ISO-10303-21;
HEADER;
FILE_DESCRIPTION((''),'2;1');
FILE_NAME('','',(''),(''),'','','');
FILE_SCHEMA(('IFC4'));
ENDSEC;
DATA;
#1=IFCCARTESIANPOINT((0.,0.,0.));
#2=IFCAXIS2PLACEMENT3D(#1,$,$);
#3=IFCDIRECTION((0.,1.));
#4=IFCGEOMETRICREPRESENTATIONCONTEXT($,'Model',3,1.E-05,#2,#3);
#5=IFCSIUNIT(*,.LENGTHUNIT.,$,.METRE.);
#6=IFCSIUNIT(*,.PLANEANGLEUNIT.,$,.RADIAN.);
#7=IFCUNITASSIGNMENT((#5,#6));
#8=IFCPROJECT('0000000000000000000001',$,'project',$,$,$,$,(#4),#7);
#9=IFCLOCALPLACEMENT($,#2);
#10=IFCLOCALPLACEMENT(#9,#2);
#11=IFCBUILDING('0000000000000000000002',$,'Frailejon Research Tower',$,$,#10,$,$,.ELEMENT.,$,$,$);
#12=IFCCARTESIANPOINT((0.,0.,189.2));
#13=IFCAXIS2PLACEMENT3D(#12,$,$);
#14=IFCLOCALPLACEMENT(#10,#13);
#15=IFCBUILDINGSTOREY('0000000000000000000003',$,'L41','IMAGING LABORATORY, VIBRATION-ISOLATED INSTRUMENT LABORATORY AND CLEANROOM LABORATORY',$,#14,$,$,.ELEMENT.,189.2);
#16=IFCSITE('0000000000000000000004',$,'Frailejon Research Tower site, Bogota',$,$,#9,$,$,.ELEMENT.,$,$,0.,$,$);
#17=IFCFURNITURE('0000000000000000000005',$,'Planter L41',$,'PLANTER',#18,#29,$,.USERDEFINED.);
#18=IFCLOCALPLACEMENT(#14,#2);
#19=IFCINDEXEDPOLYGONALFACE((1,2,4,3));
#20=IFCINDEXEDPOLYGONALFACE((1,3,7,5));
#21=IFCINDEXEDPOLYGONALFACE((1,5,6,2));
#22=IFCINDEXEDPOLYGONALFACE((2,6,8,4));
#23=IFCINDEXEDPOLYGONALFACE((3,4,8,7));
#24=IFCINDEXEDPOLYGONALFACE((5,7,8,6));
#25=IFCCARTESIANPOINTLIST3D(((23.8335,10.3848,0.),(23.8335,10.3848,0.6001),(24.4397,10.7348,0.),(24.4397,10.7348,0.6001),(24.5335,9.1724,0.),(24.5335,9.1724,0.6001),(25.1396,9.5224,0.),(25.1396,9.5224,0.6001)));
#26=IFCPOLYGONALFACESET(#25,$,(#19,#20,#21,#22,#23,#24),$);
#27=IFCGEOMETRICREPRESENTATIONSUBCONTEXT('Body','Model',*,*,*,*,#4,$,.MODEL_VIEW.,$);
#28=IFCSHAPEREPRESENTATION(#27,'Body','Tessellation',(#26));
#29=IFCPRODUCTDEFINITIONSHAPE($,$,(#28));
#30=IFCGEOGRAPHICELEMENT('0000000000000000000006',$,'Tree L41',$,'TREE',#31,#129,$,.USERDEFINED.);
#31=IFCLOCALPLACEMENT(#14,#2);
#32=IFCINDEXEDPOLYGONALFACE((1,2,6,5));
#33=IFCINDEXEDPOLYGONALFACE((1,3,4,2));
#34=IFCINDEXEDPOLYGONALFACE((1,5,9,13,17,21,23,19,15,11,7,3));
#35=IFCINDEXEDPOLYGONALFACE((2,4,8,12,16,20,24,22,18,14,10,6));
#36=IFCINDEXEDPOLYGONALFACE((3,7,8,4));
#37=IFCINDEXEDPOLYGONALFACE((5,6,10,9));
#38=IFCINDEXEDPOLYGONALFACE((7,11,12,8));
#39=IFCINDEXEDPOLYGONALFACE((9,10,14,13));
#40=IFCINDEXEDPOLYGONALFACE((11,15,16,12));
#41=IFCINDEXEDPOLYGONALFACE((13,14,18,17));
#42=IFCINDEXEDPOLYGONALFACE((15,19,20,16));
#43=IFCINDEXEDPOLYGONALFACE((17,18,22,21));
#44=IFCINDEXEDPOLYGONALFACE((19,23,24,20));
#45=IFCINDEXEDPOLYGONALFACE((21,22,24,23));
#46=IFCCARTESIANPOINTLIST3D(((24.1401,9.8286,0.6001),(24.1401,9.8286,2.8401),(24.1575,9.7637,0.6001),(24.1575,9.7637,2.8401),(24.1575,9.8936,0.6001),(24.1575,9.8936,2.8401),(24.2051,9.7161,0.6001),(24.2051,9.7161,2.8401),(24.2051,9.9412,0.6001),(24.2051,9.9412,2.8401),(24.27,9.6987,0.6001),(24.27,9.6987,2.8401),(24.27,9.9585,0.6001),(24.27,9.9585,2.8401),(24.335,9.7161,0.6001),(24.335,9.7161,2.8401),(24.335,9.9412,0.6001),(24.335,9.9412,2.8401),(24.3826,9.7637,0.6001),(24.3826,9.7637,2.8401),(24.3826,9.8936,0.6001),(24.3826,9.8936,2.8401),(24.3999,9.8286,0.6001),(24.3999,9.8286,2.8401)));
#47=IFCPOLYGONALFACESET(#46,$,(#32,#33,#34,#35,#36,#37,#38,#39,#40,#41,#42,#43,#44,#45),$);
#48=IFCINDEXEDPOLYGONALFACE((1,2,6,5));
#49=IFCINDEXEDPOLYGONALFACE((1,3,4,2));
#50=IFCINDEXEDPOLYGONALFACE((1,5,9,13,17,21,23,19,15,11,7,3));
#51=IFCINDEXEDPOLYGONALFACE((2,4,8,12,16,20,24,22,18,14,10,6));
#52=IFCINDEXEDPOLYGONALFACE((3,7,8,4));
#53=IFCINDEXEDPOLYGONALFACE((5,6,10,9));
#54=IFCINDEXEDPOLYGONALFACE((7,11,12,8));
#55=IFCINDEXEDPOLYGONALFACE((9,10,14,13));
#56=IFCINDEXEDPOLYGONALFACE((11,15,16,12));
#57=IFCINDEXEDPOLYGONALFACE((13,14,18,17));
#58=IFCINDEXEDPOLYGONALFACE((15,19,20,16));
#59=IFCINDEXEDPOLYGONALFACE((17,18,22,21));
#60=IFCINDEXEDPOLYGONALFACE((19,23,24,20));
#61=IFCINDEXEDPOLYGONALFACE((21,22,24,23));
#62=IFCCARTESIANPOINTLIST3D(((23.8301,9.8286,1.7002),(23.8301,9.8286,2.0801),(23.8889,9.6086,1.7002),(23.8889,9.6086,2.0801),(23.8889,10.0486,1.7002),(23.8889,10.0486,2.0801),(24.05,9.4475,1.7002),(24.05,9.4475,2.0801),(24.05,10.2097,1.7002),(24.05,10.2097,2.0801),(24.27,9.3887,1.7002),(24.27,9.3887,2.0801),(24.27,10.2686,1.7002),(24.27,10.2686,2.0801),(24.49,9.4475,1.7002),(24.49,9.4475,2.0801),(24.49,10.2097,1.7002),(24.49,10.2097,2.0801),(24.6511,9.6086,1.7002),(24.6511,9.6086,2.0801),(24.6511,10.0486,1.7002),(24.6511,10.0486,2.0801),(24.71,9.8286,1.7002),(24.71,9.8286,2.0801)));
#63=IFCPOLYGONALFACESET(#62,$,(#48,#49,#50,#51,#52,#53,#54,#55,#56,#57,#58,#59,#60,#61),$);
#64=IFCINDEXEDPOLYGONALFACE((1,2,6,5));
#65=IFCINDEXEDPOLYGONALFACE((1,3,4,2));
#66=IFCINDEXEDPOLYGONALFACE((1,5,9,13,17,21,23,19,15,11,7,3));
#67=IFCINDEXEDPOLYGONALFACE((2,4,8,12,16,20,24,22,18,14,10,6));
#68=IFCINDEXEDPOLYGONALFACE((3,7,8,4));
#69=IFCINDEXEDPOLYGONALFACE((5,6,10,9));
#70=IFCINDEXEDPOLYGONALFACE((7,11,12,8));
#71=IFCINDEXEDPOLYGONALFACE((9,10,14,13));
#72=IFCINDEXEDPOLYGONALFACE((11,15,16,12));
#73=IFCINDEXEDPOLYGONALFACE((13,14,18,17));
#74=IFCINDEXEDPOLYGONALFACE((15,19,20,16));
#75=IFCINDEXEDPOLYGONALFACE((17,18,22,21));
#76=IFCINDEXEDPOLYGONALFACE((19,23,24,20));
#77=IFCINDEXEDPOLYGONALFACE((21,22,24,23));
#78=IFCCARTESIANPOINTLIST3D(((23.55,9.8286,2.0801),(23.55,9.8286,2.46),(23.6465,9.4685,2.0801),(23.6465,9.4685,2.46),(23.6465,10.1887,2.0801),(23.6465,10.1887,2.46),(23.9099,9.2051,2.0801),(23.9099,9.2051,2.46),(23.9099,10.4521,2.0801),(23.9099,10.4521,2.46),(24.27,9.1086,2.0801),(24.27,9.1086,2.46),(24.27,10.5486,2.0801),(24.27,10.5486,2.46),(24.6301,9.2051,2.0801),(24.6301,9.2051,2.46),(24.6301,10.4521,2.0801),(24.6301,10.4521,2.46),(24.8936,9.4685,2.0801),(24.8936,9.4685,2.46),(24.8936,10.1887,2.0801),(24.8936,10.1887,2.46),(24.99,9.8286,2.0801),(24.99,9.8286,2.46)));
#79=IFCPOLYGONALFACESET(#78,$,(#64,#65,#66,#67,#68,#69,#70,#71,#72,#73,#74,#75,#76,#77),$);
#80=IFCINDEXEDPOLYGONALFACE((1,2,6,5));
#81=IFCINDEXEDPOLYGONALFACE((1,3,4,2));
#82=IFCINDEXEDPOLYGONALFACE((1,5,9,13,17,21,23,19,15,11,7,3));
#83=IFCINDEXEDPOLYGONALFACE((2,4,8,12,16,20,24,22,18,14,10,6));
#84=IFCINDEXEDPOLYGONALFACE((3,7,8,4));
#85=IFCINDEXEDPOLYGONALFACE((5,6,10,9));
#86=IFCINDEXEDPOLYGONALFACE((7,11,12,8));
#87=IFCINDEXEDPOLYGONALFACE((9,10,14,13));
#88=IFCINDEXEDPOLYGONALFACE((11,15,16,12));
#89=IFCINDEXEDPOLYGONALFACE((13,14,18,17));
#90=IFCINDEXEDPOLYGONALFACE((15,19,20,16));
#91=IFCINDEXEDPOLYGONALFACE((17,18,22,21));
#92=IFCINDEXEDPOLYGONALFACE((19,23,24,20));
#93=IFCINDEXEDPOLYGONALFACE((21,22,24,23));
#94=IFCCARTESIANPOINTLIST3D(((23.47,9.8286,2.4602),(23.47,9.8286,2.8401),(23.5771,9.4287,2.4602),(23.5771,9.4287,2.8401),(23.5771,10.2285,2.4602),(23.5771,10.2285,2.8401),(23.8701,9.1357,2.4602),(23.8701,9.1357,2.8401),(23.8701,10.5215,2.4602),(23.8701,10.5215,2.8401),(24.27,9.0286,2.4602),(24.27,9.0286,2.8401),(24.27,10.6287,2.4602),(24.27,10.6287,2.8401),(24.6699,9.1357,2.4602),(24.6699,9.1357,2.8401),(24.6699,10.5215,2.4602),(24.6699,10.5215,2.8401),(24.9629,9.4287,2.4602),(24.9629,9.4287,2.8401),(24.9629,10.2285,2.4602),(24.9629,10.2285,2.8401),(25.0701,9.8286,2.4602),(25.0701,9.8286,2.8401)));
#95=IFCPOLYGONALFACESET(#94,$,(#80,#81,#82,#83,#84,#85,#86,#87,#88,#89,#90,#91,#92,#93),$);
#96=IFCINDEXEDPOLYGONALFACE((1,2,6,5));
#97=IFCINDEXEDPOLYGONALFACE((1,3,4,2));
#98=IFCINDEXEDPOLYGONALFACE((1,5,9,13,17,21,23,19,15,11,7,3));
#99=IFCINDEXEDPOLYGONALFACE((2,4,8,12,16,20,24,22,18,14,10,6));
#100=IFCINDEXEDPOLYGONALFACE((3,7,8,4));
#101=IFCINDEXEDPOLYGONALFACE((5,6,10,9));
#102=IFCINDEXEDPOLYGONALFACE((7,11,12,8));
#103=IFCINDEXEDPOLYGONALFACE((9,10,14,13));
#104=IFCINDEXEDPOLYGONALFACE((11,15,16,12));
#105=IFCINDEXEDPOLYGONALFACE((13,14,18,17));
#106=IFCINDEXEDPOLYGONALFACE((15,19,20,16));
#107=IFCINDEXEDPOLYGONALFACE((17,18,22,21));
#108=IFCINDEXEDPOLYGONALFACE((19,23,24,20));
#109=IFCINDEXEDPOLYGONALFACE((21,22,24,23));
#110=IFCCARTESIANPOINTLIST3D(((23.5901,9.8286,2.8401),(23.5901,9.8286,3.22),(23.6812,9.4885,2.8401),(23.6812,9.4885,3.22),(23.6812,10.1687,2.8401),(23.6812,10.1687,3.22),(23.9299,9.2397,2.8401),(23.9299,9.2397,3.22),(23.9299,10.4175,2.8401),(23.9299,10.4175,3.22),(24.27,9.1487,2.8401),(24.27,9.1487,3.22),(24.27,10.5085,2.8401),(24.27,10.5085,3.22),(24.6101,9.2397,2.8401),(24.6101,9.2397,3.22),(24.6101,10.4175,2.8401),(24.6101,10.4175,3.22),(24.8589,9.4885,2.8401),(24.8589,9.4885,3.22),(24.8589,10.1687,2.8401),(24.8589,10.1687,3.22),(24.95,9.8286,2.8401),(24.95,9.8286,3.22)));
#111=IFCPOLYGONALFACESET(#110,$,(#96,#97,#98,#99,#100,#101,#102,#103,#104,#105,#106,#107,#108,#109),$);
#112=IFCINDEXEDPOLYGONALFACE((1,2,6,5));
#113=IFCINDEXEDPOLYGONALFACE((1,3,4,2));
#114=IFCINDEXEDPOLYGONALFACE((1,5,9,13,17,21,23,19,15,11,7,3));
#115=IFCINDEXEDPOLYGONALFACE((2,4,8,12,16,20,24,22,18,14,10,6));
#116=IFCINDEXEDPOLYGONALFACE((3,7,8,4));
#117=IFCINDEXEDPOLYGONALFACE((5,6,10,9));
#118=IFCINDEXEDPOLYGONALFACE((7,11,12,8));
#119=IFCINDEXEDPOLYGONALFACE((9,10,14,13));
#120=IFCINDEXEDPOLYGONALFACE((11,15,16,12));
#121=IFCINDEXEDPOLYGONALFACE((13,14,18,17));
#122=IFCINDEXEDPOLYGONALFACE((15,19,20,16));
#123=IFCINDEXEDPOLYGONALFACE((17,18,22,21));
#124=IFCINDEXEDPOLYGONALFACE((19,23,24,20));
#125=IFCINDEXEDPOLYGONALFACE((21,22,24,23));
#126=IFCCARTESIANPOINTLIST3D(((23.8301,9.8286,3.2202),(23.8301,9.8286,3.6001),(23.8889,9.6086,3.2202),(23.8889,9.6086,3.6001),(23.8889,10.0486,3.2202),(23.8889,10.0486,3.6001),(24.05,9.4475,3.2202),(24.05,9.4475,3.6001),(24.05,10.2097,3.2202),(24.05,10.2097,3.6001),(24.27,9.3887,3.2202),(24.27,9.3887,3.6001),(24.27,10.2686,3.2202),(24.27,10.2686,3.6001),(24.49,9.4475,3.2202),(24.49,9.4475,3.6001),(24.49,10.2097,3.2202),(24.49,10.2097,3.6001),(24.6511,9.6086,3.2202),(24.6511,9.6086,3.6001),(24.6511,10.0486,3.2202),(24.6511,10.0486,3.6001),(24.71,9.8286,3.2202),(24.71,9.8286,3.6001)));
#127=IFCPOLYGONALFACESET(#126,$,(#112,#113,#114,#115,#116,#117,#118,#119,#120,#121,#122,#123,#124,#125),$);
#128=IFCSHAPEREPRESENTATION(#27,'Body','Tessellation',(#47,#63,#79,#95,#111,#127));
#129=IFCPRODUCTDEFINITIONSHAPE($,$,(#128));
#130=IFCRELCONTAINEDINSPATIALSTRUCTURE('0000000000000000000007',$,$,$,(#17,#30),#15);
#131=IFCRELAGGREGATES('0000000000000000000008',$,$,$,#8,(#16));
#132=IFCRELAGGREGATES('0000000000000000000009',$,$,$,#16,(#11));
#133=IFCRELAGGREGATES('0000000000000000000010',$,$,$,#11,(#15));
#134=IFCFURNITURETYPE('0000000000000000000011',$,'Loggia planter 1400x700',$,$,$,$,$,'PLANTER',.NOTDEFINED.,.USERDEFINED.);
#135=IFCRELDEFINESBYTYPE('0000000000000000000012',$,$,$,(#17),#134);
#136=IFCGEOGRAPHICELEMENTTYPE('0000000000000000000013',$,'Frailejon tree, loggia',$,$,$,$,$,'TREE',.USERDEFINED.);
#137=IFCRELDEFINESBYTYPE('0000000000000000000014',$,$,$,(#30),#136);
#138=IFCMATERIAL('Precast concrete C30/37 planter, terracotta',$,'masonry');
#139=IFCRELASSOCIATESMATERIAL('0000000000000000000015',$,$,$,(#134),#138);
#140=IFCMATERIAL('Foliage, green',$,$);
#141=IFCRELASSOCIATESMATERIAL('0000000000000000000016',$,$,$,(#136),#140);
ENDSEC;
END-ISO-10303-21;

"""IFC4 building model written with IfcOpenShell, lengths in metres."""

from ifc_helpers import new_model, si_unit, direction, frame, origin, origin_2d, place, context, subcontext, project, spatial, polyline, rectangle, outline, extrude, material, type_object, element, save


model = new_model("IFC4")

# Units and contexts
model_context = context("Model", 3, precision=1e-05, world=origin(), true_north=direction((0.0, 1.0)))
body_context = subcontext(model_context, "Body", "Model", "MODEL_VIEW")
ifc_project = project(units=[si_unit("LENGTHUNIT", "METRE"), si_unit("PLANEANGLEUNIT", "RADIAN")], contexts=[model_context])

# Site, building, storey
site_placement = place(None, origin())
site = spatial("IfcSite", under=ifc_project, at=site_placement, Name="Frailejon Research Tower site, Bogota", CompositionType="ELEMENT", RefElevation=0.0)
building_placement = place(site_placement, origin())
building = spatial("IfcBuilding", under=site, at=building_placement, Name="Frailejon Research Tower", CompositionType="ELEMENT")
storey_placement = place(building_placement, frame((0.0, 0.0, 189.2)))
storey = spatial("IfcBuildingStorey", under=building, at=storey_placement, Name="L41", Description="IMAGING LABORATORY, VIBRATION-ISOLATED INSTRUMENT LABORATORY AND CLEANROOM LABORATORY", CompositionType="ELEMENT", Elevation=189.2)

# Furniture
ifc_material_1 = material(Name="Precast concrete C30/37 planter, terracotta", Category="masonry")
furniture_type = type_object("IfcFurnitureType", Name="Loggia planter 1400x700", ElementType="PLANTER", AssemblyPlace="NOTDEFINED", PredefinedType="USERDEFINED", material=ifc_material_1)
furniture_placement = place(storey_placement, frame((24.4866, 9.9536, 0.0), z_axis=(0.0, 0.0, 1.0), x_axis=(-0.5, 0.866025, 0.0)))
element("IfcFurniture", 1, at=furniture_placement, inside=storey, type_object=furniture_type, Name="Planter L41", ObjectType="PLANTER", PredefinedType="USERDEFINED", context=body_context, shape_type="SweptSolid", body=[
    extrude(rectangle(XDim=1.3999, YDim=0.7, at=origin_2d()), origin(), (0.0, 0.0, 1.0), 0.6001),
])

# Geographic element
ifc_material_2 = material(Name="Foliage, green")
geographic_element_type = type_object("IfcGeographicElementType", Name="Frailejon tree, loggia", ElementType="TREE", PredefinedType="USERDEFINED", material=ifc_material_2)
geographic_element_placement = place(storey_placement, frame((24.27, 9.8286, 0.6001)))
element("IfcGeographicElement", 2, at=geographic_element_placement, inside=storey, type_object=geographic_element_type, Name="Tree L41", ObjectType="TREE", PredefinedType="USERDEFINED", context=body_context, shape_type="SweptSolid", body=[
    extrude(outline(polyline([(0.1299, 0.0), (0.1125, 0.0649), (0.0649, 0.1125), (0.0, 0.1299), (-0.0649, 0.1125), (-0.1125, 0.0649), (-0.1299, 0.0), (-0.1125, -0.0649), (-0.0649, -0.1125), (0.0, -0.1299), (0.0649, -0.1125), (0.1125, -0.0649), (0.1299, 0.0)])), origin(), (0.0, 0.0, 1.0), 2.24),
    extrude(outline(polyline([(0.4399, 0.0), (0.3811, 0.22), (0.22, 0.3811), (0.0, 0.4399), (-0.22, 0.3811), (-0.3811, 0.22), (-0.4399, 0.0), (-0.3811, -0.22), (-0.22, -0.3811), (0.0, -0.4399), (0.22, -0.3811), (0.3811, -0.22), (0.4399, 0.0)])), frame((0.0, 0.0, 1.1001)), (0.0, 0.0, 1.0), 0.3799),
    extrude(outline(polyline([(0.72, 0.0), (0.6235, 0.3601), (0.3601, 0.6235), (0.0, 0.72), (-0.3601, 0.6235), (-0.6235, 0.3601), (-0.72, 0.0), (-0.6235, -0.3601), (-0.3601, -0.6235), (0.0, -0.72), (0.3601, -0.6235), (0.6235, -0.3601), (0.72, 0.0)])), frame((0.0, 0.0, 1.48)), (0.0, 0.0, 1.0), 0.3799),
    extrude(outline(polyline([(0.8, 0.0), (0.6929, 0.3999), (0.3999, 0.6929), (0.0, 0.8), (-0.3999, 0.6929), (-0.6929, 0.3999), (-0.8, 0.0), (-0.6929, -0.3999), (-0.3999, -0.6929), (0.0, -0.8), (0.3999, -0.6929), (0.6929, -0.3999), (0.8, 0.0)])), frame((0.0, 0.0, 1.8601)), (0.0, 0.0, 1.0), 0.3799),
    extrude(outline(polyline([(0.6799, 0.0), (0.5889, 0.3401), (0.3401, 0.5889), (0.0, 0.6799), (-0.3401, 0.5889), (-0.5889, 0.3401), (-0.6799, 0.0), (-0.5889, -0.3401), (-0.3401, -0.5889), (0.0, -0.6799), (0.3401, -0.5889), (0.5889, -0.3401), (0.6799, 0.0)])), frame((0.0, 0.0, 2.24)), (0.0, 0.0, 1.0), 0.3799),
    extrude(outline(polyline([(0.4399, 0.0), (0.3811, 0.22), (0.22, 0.3811), (0.0, 0.4399), (-0.22, 0.3811), (-0.3811, 0.22), (-0.4399, 0.0), (-0.3811, -0.22), (-0.22, -0.3811), (0.0, -0.4399), (0.22, -0.3811), (0.3811, -0.22), (0.4399, 0.0)])), frame((0.0, 0.0, 2.6201)), (0.0, 0.0, 1.0), 0.3799),
])

save(model, "model.ifc")
